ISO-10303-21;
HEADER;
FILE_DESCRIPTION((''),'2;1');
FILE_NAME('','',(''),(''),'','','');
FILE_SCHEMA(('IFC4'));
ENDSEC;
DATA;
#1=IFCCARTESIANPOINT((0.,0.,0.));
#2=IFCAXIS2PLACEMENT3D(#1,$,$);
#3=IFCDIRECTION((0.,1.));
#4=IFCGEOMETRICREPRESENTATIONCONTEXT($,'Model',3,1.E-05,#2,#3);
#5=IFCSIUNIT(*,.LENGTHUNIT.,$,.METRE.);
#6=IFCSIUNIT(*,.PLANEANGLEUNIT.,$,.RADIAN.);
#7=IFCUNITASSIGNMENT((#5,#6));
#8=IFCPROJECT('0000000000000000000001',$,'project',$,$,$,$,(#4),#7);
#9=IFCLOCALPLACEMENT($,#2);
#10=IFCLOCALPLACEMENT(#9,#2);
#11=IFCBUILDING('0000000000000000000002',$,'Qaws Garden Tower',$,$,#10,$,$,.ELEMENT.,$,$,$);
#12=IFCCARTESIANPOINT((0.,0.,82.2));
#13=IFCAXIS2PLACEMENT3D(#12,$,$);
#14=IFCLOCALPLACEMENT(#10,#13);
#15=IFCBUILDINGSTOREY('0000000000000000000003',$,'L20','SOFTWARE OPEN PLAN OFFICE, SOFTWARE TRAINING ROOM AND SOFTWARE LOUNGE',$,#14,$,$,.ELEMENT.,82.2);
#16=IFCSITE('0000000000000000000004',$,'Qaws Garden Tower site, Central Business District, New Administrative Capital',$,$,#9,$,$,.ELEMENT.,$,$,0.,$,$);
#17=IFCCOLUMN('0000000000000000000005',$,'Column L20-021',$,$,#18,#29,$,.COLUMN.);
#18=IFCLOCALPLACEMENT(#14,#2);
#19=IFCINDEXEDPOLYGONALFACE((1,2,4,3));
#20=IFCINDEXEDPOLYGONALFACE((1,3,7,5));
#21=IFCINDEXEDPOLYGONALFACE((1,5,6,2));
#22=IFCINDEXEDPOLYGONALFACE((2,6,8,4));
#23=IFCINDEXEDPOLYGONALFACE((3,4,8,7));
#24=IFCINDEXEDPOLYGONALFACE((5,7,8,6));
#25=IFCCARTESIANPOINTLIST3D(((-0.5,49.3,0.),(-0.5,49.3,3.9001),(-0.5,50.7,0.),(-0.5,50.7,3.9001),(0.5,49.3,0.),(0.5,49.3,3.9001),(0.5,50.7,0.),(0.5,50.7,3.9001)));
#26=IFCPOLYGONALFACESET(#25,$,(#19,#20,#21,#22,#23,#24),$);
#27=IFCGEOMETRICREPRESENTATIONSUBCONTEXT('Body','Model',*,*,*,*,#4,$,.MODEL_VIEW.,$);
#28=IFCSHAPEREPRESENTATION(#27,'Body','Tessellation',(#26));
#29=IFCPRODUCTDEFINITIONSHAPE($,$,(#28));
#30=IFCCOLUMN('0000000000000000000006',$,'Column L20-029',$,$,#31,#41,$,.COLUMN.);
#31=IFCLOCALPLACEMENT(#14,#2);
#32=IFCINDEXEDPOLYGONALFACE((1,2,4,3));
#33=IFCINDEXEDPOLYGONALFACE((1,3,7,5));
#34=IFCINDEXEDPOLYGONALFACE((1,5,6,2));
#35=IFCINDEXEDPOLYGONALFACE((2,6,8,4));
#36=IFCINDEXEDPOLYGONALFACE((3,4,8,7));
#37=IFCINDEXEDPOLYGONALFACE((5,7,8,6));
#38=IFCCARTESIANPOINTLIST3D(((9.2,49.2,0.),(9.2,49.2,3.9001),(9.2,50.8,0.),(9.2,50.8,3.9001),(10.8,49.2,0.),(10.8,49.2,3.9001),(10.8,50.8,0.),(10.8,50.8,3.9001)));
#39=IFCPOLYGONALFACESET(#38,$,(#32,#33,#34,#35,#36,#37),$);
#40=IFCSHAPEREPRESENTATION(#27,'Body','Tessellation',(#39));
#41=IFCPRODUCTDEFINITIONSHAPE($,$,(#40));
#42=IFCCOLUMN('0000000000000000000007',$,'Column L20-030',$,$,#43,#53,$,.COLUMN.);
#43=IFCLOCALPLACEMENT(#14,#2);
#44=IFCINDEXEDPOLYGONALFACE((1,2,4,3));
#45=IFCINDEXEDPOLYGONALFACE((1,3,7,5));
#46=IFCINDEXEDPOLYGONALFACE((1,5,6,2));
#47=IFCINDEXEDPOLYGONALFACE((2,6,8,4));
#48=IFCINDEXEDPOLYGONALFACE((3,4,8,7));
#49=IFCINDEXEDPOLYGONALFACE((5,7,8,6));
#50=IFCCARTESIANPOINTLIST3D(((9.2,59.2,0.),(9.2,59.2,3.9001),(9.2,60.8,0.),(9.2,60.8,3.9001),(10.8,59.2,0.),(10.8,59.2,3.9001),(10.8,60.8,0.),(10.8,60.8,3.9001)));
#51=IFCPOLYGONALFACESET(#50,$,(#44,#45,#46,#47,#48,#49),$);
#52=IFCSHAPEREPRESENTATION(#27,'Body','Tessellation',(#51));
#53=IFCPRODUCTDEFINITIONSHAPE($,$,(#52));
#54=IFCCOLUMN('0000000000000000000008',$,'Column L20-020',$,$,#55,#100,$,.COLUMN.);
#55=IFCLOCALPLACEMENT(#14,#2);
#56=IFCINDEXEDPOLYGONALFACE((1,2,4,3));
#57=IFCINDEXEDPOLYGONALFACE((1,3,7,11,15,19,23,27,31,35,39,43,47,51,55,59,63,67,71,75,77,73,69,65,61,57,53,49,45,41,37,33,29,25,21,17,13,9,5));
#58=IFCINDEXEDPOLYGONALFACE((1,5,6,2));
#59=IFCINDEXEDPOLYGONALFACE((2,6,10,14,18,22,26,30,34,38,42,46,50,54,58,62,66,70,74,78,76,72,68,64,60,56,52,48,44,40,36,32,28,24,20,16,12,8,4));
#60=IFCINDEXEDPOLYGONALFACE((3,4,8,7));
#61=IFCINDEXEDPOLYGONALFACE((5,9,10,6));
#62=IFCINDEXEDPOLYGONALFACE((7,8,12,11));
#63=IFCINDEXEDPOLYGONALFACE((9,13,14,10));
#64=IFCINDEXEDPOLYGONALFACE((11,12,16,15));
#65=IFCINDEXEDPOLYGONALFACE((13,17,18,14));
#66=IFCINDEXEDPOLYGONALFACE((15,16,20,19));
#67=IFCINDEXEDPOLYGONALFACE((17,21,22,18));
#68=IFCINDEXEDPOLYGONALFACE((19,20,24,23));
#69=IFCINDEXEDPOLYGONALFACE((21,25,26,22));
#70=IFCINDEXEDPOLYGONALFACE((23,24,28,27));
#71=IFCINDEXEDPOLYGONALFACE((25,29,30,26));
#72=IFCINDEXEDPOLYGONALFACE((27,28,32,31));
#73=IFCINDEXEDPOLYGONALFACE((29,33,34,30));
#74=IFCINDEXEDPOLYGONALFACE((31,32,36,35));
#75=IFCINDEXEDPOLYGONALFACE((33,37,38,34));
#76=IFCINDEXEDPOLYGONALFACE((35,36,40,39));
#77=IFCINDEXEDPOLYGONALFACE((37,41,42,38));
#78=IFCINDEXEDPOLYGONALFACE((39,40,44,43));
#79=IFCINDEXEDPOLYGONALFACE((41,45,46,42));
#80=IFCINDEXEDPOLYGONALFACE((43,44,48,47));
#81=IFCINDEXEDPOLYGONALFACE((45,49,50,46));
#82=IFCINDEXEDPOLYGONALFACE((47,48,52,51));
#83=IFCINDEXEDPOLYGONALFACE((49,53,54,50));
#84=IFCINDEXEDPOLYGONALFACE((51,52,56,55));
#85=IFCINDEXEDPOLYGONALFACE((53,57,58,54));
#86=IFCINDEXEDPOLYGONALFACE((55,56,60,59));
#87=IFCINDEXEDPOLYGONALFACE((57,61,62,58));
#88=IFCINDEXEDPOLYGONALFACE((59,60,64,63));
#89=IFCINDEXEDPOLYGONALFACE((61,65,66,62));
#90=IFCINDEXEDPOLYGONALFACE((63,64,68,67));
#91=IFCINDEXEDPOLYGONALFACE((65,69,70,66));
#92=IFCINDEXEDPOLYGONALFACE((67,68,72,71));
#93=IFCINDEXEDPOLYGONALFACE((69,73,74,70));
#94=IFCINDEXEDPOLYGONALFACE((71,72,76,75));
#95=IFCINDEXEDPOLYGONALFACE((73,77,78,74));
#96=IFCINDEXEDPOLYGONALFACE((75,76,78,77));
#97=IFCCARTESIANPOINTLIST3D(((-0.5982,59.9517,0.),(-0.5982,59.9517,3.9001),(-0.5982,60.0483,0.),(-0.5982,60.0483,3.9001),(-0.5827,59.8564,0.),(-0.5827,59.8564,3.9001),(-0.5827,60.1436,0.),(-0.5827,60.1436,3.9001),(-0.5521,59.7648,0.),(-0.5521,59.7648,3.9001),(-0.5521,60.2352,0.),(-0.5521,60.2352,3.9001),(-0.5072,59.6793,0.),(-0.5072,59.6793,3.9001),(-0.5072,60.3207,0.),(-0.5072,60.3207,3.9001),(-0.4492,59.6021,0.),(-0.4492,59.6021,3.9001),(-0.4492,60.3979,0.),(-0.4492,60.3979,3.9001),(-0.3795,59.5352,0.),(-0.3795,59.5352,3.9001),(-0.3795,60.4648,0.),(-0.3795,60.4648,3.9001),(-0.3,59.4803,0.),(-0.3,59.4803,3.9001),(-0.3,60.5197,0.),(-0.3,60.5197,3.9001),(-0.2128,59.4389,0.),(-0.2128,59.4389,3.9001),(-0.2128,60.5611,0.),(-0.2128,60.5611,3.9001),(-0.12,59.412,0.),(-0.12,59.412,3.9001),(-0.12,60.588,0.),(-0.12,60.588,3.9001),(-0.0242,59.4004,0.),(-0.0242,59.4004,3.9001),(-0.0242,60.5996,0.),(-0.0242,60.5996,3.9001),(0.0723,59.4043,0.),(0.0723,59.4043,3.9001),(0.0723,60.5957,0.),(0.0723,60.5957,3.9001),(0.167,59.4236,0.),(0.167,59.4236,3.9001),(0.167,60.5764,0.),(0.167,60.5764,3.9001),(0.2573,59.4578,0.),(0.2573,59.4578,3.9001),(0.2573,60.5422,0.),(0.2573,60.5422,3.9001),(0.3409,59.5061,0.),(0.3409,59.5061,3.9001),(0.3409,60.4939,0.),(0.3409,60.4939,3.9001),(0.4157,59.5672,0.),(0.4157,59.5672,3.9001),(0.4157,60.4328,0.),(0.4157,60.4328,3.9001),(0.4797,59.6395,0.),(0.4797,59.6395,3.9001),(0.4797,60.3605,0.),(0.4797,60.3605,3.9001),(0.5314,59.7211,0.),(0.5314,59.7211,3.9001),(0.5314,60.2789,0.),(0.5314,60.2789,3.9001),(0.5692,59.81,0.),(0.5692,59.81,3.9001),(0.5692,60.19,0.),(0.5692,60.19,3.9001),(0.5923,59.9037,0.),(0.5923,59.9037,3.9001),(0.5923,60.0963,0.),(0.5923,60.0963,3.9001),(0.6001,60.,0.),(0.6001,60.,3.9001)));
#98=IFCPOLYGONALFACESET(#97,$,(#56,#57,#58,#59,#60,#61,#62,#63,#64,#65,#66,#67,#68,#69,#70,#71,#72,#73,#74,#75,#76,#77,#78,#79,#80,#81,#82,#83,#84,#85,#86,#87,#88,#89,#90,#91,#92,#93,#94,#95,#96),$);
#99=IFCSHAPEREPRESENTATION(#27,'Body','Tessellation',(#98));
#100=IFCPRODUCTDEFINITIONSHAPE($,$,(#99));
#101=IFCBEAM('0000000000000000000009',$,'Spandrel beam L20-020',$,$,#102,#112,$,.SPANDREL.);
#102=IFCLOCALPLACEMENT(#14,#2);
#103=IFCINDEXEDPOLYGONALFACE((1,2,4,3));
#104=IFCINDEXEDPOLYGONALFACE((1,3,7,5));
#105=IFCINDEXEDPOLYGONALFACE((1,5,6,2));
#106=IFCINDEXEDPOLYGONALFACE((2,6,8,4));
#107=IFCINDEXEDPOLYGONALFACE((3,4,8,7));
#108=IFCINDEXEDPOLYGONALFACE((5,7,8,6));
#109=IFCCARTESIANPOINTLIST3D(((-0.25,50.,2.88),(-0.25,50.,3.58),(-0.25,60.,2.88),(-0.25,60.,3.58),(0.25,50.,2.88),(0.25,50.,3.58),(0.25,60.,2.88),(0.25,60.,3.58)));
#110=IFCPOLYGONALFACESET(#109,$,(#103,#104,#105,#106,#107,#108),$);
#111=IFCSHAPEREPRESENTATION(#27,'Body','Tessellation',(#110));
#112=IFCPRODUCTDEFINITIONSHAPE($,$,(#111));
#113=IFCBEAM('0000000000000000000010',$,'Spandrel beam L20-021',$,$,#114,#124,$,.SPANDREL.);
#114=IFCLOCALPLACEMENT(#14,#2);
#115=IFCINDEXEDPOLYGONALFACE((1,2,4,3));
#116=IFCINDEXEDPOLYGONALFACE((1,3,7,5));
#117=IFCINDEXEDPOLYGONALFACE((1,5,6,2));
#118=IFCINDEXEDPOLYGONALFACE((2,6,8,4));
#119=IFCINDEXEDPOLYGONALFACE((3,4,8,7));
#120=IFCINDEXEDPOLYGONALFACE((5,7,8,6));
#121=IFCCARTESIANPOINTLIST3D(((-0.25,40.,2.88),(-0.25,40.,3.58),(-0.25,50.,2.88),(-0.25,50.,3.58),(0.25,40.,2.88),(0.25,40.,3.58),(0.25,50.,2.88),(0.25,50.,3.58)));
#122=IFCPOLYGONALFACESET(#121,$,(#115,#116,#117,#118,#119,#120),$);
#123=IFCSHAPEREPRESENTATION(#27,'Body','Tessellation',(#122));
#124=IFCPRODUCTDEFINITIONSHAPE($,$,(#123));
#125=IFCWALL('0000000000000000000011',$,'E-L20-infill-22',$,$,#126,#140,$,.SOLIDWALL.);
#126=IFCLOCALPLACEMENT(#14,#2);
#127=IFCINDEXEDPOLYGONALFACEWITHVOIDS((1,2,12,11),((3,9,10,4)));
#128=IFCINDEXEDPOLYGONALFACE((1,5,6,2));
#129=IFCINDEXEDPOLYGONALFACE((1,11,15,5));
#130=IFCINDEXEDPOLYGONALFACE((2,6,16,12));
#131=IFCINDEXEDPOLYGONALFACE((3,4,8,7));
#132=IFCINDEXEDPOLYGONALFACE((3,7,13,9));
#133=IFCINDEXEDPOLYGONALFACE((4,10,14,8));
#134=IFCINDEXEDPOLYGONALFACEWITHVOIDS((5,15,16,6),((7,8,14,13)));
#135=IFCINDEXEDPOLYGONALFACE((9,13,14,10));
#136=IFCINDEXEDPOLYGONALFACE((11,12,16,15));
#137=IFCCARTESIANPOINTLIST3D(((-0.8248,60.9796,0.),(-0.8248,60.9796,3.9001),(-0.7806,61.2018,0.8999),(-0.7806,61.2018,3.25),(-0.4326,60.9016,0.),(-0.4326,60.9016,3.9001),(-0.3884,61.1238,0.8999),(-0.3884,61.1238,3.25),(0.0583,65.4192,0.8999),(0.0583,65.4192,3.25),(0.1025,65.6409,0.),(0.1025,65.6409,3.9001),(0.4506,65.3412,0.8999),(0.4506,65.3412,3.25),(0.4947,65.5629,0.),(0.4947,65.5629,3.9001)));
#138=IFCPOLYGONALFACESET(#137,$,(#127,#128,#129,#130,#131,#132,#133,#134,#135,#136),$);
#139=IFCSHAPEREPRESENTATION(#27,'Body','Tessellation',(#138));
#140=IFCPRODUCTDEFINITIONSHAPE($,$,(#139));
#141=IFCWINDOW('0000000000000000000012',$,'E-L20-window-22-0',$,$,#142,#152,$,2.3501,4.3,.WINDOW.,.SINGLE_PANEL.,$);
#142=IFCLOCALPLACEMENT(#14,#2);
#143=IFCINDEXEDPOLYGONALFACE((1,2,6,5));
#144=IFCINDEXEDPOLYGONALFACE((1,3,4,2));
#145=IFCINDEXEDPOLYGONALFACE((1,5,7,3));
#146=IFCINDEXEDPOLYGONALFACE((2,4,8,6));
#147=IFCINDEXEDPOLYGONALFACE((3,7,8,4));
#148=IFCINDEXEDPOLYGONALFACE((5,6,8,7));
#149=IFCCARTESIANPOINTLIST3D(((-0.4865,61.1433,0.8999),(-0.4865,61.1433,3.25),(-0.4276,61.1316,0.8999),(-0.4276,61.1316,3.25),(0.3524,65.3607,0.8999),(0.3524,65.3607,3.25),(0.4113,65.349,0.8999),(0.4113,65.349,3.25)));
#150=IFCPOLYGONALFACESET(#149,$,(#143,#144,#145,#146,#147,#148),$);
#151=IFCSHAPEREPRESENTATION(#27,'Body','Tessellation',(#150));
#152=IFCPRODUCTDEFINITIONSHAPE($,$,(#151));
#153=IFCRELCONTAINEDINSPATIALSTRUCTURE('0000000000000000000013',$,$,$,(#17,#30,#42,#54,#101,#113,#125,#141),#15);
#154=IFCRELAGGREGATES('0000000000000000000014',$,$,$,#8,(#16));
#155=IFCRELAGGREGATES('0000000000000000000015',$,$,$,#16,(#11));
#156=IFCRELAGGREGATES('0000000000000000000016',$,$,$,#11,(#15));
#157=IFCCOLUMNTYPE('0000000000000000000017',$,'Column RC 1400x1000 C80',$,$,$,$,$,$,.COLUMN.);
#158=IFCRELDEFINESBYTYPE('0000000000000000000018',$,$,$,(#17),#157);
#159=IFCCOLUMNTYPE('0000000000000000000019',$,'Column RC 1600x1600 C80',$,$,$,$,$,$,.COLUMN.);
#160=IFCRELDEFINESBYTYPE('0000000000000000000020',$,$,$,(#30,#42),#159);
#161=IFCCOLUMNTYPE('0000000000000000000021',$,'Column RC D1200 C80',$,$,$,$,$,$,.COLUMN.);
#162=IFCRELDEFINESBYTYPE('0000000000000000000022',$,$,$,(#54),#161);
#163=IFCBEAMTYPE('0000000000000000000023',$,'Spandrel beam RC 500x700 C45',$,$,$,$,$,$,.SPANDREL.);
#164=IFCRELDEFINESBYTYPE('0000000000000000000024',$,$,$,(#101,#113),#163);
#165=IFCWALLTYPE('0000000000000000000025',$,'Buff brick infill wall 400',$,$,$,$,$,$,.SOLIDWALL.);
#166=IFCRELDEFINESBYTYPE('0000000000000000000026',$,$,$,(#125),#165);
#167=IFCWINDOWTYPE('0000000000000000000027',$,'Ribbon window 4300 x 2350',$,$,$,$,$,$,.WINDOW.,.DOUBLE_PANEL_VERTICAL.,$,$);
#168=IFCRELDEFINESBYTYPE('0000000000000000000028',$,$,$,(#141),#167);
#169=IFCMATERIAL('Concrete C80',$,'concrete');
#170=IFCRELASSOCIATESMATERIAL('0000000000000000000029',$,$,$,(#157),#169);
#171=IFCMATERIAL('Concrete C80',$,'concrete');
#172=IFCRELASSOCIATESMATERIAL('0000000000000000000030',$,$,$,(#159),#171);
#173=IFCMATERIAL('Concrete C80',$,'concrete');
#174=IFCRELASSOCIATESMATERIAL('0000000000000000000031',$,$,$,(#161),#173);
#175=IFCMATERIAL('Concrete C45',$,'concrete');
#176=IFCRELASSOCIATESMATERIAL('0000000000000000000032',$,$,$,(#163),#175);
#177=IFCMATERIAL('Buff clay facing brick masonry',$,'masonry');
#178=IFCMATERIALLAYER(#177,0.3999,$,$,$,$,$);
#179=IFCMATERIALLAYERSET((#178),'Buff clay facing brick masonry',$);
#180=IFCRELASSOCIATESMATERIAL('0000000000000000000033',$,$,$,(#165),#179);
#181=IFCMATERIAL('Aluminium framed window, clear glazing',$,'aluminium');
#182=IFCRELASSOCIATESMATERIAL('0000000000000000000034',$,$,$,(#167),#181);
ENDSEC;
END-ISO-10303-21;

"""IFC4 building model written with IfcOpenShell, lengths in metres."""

from ifc_helpers import new_model, si_unit, direction, frame, frame_2d, origin, origin_2d, place, context, subcontext, project, spatial, rectangle, circle, extrude, material, layer, layer_set, material_profile, profile_set, type_object, element, fill, save


model = new_model("IFC4")

# Units and contexts
model_context = context("Model", 3, precision=1e-05, world=origin(), true_north=direction((0.0, 1.0)))
body_context = subcontext(model_context, "Body", "Model", "MODEL_VIEW")
ifc_project = project(units=[si_unit("LENGTHUNIT", "METRE"), si_unit("PLANEANGLEUNIT", "RADIAN")], contexts=[model_context])

# Site, building, storey
site_placement = place(None, origin())
site = spatial("IfcSite", under=ifc_project, at=site_placement, Name="Qaws Garden Tower site, Central Business District, New Administrative Capital", CompositionType="ELEMENT", RefElevation=0.0)
building_placement = place(site_placement, origin())
building = spatial("IfcBuilding", under=site, at=building_placement, Name="Qaws Garden Tower", CompositionType="ELEMENT")
storey_placement = place(building_placement, frame((0.0, 0.0, 82.2)))
storey = spatial("IfcBuildingStorey", under=building, at=storey_placement, Name="L20", Description="SOFTWARE OPEN PLAN OFFICE, SOFTWARE TRAINING ROOM AND SOFTWARE LOUNGE", CompositionType="ELEMENT", Elevation=82.2)

# Columns
ifc_material_1 = material(Name="Concrete C80", Category="concrete")
ifc_material_profile_1 = material_profile(ifc_material_1, rectangle(XDim=1.3999, YDim=1.0, at=origin_2d()), Name="RC 1400x1000")
ifc_profile_set_1 = profile_set([ifc_material_profile_1], Name="Concrete C80")
column_type_1 = type_object("IfcColumnType", Name="Column RC 1400x1000 C80", PredefinedType="COLUMN", material=ifc_profile_set_1)
column_1_placement = place(storey_placement, frame((0.0, 50.0, 0.0), z_axis=(0.0, 0.0, 1.0), x_axis=(0.0, 1.0, 0.0)))
element("IfcColumn", 1, at=column_1_placement, inside=storey, type_object=column_type_1, Name="Column L20-021", PredefinedType="COLUMN", context=body_context, shape_type="SweptSolid", body=[
    extrude(rectangle(XDim=1.3999, YDim=1.0, at=origin_2d()), origin(), (0.0, 0.0, 1.0), 3.9001),
])
ifc_material_2 = material(Name="Concrete C80", Category="concrete")
ifc_material_profile_2 = material_profile(ifc_material_2, rectangle(XDim=1.6001, YDim=1.6001, at=origin_2d()), Name="RC 1600x1600")
ifc_profile_set_2 = profile_set([ifc_material_profile_2], Name="Concrete C80")
column_type_2 = type_object("IfcColumnType", Name="Column RC 1600x1600 C80", PredefinedType="COLUMN", material=ifc_profile_set_2)
for number, where, z_axis, x_axis, name in (
    (2, (10.0, 50.0, 0.0), (0.0, 0.0, 1.0), (1.0, 0.0, 0.0), "Column L20-029"),
    (3, (10.0, 60.0, 0.0), (0.0, 0.0, 1.0), (1.0, 0.0, 0.0), "Column L20-030"),
):
    element("IfcColumn", number, at=place(storey_placement, frame(where, z_axis=z_axis, x_axis=x_axis)), inside=storey, type_object=column_type_2, Name=name, PredefinedType="COLUMN", context=body_context, shape_type="SweptSolid", body=[
        extrude(rectangle(XDim=1.6001, YDim=1.6001, at=origin_2d()), origin(), (0.0, 0.0, 1.0), 3.9001),
    ])
ifc_material_3 = material(Name="Concrete C80", Category="concrete")
ifc_material_profile_3 = material_profile(ifc_material_3, circle(Radius=0.6001, at=origin_2d()), Name="RC D1200")
ifc_profile_set_3 = profile_set([ifc_material_profile_3], Name="Concrete C80")
column_type_3 = type_object("IfcColumnType", Name="Column RC D1200 C80", PredefinedType="COLUMN", material=ifc_profile_set_3)
column_2_placement = place(storey_placement, frame((0.0, 60.0, 0.0), z_axis=(0.0, 0.0, 1.0), x_axis=(1.0, 0.0, 0.0)))
element("IfcColumn", 4, at=column_2_placement, inside=storey, type_object=column_type_3, Name="Column L20-020", PredefinedType="COLUMN", context=body_context, shape_type="SweptSolid", body=[
    extrude(circle(Radius=0.6001, at=origin_2d()), origin(), (0.0, 0.0, 1.0), 3.9001),
])

# Beams
ifc_material_4 = material(Name="Concrete C45", Category="concrete")
ifc_material_profile_4 = material_profile(ifc_material_4, rectangle(XDim=0.5, YDim=0.7, at=origin_2d()), Name="RC 500x700")
ifc_profile_set_4 = profile_set([ifc_material_profile_4], Name="Concrete C45")
beam_type = type_object("IfcBeamType", Name="Spandrel beam RC 500x700 C45", PredefinedType="SPANDREL", material=ifc_profile_set_4)
for number, where, z_axis, x_axis, name in (
    (5, (0.0, 60.0, 3.23), (0.0, -1.0, 0.0), (1.0, 0.0, 0.0), "Spandrel beam L20-020"),
    (6, (0.0, 50.0, 3.23), (0.0, -1.0, 0.0), (1.0, 0.0, 0.0), "Spandrel beam L20-021"),
):
    element("IfcBeam", number, at=place(storey_placement, frame(where, z_axis=z_axis, x_axis=x_axis)), inside=storey, type_object=beam_type, Name=name, PredefinedType="SPANDREL", context=body_context, shape_type="SweptSolid", body=[
        extrude(rectangle(XDim=0.5, YDim=0.7, at=origin_2d()), origin(), (0.0, 0.0, 1.0), 10.0),
    ])

# Wall, opening, window
ifc_material_5 = material(Name="Buff clay facing brick masonry", Category="masonry")
ifc_layer_1 = layer(ifc_material_5, 0.3999)
ifc_layer_set_1 = layer_set([ifc_layer_1], Name="Buff clay facing brick masonry")
wall_type_1 = type_object("IfcWallType", Name="Buff brick infill wall 400", PredefinedType="SOLIDWALL", material=ifc_layer_set_1)
wall_1_placement = place(storey_placement, frame((0.2986, 65.6021, 0.0), z_axis=(0.0, 0.0, 1.0), x_axis=(-0.195099, -0.980784, 0.0)))
wall_1 = element("IfcWall", 7, at=wall_1_placement, inside=storey, type_object=wall_type_1, Name="E-L20-infill-22", PredefinedType="SOLIDWALL", context=body_context, shape_type="SweptSolid", body=[
    extrude(rectangle(XDim=4.7527, YDim=0.3999, at=frame_2d((2.3765, 0.0))), origin(), (0.0, 0.0, 1.0), 3.9001),
])
opening_1_placement = place(wall_1_placement, frame((0.2263, 0.0, 0.8999)))
opening_1 = element("IfcOpeningElement", 8, at=opening_1_placement, cuts=wall_1, PredefinedType="OPENING", context=body_context, shape_type="SweptSolid", body=[
    extrude(rectangle(XDim=4.3, YDim=2.3501, at=frame_2d((2.1499, 1.175))), frame((0.0, 0.21, 0.0), z_axis=(0.0, -1.0, 0.0), x_axis=(1.0, 0.0, 0.0)), (0.0, 0.0, 1.0), 0.4199),
])
ifc_material_6 = material(Name="Aluminium framed window, clear glazing", Category="aluminium")
window_type_1 = type_object("IfcWindowType", Name="Ribbon window 4300 x 2350", PartitioningType="DOUBLE_PANEL_VERTICAL", PredefinedType="WINDOW", material=ifc_material_6)
window_1_placement = place(opening_1_placement, origin())
window_1 = element("IfcWindow", 9, at=window_1_placement, inside=storey, type_object=window_type_1, Name="E-L20-window-22-0", OverallHeight=2.3501, OverallWidth=4.3, PartitioningType="SINGLE_PANEL", PredefinedType="WINDOW", context=body_context, shape_type="SweptSolid", body=[
    extrude(rectangle(XDim=4.3, YDim=2.3501, at=frame_2d((2.1499, 1.175))), frame((0.0, 0.1599, 0.0), z_axis=(0.0, -1.0, 0.0), x_axis=(1.0, 0.0, 0.0)), (0.0, 0.0, 1.0), 0.0601),
])
fill(opening_1, window_1)

save(model, "model.ifc")
